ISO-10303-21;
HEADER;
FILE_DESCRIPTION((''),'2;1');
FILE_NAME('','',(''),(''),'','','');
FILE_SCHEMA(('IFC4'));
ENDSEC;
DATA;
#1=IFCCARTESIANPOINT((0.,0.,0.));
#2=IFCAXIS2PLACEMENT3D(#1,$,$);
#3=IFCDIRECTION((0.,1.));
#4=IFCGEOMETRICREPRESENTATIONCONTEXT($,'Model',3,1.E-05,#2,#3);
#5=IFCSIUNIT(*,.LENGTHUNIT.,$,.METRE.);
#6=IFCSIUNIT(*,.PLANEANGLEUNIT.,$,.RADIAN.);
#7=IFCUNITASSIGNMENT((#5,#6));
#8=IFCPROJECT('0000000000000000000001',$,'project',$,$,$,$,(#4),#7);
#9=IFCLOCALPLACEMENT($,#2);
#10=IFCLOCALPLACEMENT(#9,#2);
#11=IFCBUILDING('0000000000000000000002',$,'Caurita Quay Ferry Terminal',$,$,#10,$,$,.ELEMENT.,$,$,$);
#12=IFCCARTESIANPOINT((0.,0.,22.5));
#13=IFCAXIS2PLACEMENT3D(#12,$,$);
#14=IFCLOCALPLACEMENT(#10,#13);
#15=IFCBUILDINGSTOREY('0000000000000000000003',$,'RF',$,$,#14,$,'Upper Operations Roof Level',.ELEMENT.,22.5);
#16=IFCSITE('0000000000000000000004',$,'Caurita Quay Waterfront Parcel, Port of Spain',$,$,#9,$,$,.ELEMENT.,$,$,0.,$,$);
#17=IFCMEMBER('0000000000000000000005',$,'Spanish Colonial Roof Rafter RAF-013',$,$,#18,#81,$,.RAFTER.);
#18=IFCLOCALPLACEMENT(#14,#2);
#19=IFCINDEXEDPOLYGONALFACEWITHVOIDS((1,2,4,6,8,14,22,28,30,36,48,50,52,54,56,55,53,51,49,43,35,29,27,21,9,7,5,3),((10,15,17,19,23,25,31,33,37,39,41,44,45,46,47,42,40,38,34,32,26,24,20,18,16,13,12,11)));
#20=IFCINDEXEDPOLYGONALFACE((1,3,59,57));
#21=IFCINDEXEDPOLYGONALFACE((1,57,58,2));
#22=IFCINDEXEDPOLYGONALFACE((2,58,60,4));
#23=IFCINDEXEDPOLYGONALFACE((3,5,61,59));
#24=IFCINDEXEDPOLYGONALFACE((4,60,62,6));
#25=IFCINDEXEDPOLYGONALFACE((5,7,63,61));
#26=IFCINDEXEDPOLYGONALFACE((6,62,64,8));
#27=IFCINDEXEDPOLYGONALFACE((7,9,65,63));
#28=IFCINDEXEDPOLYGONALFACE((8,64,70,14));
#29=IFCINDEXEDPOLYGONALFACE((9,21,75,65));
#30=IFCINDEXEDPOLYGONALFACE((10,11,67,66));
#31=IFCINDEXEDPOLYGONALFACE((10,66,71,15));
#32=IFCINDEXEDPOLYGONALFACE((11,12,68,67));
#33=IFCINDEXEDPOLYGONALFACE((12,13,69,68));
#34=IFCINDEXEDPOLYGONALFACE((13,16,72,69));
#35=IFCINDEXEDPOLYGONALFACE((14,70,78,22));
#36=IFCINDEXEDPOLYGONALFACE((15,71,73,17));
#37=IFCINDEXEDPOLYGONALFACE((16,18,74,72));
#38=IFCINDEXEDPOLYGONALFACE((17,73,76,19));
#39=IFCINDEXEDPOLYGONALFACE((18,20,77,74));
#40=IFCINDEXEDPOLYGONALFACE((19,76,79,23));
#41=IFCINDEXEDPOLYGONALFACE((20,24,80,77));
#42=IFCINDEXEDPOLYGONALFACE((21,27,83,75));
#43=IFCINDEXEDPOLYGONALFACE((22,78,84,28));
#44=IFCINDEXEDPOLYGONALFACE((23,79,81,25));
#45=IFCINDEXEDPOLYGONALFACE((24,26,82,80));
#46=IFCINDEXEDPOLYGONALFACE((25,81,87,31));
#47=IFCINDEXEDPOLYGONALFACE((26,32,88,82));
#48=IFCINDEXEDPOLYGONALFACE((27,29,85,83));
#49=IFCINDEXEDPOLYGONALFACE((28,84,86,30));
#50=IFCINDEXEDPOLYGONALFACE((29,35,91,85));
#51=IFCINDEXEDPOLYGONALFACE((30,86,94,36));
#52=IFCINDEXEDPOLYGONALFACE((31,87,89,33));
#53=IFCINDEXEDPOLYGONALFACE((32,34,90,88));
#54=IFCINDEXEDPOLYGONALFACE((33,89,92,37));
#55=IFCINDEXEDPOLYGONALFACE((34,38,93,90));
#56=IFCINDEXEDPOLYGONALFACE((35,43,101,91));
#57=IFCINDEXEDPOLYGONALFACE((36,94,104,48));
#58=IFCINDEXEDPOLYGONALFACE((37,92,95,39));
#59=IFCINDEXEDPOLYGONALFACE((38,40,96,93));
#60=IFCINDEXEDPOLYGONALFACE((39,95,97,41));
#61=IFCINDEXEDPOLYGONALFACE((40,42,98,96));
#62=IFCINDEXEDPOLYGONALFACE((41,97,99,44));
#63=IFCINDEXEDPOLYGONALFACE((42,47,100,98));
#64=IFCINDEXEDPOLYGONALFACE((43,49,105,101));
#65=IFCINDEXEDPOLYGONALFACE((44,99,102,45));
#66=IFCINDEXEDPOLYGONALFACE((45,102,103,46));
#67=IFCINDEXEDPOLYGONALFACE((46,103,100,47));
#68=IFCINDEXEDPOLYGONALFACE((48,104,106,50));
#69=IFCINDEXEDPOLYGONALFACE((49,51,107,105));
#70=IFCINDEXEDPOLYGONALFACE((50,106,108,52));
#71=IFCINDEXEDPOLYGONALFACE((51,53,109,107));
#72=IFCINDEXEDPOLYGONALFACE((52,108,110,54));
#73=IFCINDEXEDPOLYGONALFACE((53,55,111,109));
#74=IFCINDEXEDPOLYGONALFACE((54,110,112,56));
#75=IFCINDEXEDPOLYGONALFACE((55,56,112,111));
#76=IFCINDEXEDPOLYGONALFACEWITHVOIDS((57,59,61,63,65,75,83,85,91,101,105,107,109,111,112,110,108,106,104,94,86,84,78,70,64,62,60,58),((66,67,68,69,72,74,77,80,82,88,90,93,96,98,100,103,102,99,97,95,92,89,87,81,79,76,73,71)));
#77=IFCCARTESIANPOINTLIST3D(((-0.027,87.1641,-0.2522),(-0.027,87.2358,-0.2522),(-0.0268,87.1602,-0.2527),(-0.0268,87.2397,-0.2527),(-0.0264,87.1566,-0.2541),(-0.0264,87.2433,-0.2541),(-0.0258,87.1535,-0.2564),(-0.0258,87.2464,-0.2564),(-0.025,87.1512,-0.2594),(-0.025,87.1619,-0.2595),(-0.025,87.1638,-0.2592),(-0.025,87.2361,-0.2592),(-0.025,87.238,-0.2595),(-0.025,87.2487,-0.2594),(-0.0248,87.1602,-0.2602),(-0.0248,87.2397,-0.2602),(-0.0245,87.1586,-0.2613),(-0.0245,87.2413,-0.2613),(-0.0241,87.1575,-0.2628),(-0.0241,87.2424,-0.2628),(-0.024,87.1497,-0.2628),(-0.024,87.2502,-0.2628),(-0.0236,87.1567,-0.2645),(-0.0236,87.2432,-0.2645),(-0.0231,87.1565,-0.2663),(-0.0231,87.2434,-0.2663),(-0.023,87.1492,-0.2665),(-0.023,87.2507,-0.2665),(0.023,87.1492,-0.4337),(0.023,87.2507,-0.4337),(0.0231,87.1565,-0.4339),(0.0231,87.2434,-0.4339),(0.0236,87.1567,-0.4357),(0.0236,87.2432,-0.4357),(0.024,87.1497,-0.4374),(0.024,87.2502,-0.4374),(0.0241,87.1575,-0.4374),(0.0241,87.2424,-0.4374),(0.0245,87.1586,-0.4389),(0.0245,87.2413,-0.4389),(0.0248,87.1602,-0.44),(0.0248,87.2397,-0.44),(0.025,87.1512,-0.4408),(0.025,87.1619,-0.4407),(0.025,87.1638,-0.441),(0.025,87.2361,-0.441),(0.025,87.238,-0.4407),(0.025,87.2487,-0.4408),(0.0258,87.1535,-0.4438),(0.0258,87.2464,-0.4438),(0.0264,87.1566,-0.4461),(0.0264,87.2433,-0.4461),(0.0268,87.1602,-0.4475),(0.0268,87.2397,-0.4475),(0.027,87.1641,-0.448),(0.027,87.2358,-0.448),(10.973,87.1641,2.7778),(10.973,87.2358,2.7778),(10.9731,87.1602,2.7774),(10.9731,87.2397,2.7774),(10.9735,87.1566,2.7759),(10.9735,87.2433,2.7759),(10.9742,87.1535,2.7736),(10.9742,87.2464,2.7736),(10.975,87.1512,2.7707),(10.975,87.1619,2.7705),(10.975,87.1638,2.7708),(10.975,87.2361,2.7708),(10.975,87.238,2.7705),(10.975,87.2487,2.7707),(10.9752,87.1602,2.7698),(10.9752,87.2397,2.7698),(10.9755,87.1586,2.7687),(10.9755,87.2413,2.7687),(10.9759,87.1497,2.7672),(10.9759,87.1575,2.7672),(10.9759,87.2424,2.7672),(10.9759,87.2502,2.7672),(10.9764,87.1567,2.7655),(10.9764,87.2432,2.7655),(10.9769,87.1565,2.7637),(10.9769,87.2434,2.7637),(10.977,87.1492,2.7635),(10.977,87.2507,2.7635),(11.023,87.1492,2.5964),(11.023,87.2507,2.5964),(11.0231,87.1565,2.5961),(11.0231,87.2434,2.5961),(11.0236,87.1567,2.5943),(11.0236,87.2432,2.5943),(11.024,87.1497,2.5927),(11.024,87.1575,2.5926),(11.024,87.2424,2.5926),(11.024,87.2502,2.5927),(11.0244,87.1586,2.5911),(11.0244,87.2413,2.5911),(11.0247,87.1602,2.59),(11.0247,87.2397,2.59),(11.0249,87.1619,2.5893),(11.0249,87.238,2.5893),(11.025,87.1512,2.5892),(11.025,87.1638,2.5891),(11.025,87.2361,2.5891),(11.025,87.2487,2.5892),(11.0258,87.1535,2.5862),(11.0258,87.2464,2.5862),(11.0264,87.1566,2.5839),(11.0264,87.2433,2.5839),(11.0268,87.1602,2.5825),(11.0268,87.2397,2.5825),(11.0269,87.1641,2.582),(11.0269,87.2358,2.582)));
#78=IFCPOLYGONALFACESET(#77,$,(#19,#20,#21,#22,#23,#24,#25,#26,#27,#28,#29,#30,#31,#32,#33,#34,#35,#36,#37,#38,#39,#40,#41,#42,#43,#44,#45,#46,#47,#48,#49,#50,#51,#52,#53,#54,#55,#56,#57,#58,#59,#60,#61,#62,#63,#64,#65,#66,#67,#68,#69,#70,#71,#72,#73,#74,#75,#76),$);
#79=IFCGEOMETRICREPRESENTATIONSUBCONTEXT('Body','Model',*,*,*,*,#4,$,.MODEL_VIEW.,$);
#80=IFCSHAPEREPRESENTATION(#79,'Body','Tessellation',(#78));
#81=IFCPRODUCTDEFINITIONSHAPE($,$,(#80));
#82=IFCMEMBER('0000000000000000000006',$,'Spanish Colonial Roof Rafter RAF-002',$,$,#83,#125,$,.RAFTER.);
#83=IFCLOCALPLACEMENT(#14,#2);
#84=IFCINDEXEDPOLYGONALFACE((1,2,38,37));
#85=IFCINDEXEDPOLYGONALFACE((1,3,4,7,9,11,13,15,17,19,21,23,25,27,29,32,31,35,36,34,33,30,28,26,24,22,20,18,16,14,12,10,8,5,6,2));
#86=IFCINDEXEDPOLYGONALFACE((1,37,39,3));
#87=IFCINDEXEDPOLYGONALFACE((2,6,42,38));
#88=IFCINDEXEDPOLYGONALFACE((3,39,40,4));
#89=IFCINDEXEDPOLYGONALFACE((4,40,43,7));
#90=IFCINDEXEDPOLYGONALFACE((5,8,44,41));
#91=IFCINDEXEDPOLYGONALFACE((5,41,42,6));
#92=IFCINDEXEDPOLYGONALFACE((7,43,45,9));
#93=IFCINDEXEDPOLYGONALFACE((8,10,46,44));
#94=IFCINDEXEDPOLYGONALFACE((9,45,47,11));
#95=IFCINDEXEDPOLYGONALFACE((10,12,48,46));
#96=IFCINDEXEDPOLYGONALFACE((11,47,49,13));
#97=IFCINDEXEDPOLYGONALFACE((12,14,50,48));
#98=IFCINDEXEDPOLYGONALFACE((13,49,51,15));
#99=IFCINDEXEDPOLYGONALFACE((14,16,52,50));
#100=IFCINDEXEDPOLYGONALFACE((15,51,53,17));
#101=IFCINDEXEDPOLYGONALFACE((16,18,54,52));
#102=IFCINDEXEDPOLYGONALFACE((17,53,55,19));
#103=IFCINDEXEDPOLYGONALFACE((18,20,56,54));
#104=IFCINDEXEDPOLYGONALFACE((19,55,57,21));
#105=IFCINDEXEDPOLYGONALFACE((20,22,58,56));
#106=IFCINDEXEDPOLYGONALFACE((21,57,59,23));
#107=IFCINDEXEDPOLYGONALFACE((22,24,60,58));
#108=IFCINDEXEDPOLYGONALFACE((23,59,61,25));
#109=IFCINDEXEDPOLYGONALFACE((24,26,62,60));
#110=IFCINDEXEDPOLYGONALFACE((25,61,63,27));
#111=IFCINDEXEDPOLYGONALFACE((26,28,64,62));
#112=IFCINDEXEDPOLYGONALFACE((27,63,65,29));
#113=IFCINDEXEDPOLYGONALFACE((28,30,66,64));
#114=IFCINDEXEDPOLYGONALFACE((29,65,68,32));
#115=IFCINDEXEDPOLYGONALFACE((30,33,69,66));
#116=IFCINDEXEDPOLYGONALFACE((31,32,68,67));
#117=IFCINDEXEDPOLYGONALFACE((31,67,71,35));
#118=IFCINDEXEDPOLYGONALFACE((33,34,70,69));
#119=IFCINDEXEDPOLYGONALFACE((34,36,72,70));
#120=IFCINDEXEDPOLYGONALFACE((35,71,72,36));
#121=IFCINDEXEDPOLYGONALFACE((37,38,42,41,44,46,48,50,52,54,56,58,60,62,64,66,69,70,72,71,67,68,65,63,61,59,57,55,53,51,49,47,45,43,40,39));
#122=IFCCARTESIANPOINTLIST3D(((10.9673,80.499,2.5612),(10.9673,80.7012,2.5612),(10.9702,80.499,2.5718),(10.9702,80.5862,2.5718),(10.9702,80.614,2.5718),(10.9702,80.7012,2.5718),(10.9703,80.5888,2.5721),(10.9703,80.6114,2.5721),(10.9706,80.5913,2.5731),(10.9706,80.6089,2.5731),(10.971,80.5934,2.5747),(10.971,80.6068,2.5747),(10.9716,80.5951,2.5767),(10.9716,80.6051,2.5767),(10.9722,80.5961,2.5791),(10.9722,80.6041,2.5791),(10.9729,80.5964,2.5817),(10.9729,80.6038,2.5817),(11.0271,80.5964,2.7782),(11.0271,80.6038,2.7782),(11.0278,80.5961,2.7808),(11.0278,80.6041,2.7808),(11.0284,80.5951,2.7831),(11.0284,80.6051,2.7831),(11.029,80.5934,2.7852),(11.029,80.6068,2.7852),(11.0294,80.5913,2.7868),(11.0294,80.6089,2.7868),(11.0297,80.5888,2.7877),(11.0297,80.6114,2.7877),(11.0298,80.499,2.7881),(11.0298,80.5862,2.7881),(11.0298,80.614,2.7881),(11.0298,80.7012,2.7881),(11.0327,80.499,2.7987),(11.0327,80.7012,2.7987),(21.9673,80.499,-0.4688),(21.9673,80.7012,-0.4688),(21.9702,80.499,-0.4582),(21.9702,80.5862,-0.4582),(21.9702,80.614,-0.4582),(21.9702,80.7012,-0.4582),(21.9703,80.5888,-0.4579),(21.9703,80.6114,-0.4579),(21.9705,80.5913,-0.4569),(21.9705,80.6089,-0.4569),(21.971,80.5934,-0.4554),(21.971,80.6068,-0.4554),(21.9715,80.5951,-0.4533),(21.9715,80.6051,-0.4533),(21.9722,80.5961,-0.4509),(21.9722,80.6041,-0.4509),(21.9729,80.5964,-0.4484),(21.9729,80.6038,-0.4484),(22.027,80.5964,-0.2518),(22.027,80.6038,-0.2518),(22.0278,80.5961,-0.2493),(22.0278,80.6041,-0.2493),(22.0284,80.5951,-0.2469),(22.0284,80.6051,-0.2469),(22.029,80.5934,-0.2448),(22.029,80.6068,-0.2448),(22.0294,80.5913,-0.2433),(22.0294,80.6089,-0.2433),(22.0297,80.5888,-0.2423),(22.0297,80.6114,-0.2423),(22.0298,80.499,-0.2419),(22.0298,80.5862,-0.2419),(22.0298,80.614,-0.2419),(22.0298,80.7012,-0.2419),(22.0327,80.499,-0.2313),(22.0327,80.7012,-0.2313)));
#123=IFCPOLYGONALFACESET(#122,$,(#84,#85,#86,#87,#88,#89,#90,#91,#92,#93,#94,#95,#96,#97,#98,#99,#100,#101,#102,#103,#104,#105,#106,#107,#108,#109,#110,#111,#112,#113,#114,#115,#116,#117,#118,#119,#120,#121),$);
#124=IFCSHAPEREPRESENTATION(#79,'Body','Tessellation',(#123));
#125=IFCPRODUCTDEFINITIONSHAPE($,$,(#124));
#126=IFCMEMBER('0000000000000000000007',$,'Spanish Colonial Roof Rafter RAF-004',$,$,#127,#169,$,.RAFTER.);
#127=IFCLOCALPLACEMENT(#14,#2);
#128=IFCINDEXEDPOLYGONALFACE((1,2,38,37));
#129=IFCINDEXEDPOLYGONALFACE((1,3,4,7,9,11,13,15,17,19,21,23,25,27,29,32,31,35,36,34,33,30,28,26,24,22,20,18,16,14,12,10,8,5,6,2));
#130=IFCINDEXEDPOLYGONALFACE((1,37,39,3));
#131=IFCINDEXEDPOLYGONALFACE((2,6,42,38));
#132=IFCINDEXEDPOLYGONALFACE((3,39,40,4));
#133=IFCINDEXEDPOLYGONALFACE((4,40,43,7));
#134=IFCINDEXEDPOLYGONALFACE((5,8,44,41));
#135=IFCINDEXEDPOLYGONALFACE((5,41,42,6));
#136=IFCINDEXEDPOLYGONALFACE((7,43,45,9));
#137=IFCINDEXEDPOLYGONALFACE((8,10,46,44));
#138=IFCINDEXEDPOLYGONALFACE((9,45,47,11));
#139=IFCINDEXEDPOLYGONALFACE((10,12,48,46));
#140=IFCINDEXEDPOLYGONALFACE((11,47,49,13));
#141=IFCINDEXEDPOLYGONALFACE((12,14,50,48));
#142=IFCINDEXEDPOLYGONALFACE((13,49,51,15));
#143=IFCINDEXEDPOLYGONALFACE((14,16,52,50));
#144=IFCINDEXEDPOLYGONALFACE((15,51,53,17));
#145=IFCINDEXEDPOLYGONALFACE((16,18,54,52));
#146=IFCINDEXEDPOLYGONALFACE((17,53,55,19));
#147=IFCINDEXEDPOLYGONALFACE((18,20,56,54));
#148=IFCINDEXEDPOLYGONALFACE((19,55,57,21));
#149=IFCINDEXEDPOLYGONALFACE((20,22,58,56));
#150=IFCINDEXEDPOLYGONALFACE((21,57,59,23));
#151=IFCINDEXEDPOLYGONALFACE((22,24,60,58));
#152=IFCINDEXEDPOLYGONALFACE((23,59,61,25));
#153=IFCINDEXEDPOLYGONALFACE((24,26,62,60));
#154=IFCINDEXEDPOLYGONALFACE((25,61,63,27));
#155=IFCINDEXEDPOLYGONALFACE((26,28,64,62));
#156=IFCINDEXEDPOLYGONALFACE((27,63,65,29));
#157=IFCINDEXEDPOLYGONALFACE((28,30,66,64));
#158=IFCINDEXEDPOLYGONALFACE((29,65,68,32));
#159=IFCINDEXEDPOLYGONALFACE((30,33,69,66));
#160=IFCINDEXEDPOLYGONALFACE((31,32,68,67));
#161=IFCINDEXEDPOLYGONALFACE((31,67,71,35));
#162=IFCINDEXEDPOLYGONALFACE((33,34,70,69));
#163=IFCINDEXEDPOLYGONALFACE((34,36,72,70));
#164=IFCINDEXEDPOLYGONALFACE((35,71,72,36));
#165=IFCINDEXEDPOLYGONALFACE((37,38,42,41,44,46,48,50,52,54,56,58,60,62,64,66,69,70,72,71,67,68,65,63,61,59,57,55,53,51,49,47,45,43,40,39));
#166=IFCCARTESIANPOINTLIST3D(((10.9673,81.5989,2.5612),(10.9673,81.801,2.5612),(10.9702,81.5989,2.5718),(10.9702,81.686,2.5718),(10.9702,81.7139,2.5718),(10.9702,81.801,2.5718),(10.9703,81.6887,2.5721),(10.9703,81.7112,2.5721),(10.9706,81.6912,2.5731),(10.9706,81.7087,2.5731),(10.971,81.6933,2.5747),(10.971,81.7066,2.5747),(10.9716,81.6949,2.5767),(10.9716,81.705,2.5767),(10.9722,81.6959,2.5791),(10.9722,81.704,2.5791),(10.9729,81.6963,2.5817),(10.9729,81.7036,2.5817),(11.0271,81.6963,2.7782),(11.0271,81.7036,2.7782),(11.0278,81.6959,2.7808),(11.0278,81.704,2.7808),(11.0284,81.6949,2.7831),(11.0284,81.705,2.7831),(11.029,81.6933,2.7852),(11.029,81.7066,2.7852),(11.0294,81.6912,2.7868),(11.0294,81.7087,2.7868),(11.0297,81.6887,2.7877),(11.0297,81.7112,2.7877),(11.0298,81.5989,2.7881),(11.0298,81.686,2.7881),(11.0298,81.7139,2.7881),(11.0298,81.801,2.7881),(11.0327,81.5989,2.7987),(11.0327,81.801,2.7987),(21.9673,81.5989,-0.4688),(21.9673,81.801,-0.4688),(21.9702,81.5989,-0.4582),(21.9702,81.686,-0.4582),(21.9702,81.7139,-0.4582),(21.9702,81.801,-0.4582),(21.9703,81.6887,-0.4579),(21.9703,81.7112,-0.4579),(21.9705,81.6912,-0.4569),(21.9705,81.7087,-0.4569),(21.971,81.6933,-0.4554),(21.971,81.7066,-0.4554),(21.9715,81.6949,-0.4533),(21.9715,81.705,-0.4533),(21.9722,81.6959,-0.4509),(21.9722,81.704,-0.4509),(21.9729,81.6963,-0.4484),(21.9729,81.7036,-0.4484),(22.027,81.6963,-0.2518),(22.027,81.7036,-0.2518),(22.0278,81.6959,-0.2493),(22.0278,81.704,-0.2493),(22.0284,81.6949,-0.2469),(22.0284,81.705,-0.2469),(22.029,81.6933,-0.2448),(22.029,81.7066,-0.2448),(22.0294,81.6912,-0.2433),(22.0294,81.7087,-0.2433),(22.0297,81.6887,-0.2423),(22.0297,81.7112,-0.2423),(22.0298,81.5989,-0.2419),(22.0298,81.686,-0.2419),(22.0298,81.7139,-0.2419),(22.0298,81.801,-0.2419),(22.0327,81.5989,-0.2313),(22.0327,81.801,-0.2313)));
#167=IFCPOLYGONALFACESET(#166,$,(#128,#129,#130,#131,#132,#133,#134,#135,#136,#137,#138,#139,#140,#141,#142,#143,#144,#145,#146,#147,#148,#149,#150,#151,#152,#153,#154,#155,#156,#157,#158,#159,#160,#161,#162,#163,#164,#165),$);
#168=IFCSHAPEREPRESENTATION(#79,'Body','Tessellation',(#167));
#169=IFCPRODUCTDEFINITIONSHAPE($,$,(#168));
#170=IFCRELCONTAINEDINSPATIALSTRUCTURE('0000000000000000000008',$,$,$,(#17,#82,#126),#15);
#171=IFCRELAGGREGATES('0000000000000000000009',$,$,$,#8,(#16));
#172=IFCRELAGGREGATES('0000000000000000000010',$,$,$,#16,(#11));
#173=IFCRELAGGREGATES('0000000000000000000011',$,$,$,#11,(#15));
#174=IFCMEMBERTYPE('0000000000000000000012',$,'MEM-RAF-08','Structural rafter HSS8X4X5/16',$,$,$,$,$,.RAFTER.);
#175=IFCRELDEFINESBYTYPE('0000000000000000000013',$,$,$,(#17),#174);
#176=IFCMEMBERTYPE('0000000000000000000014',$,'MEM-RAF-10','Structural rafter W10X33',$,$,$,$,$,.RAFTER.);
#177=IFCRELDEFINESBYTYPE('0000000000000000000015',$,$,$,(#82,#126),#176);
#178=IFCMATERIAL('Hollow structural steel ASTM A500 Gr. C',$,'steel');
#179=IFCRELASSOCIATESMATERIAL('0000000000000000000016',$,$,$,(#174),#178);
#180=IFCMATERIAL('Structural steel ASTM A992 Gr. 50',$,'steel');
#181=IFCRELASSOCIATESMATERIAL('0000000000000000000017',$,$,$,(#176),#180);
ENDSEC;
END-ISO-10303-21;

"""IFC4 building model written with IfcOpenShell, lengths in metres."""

from ifc_helpers import new_model, si_unit, direction, frame, origin, origin_2d, place, context, subcontext, project, spatial, hollow_rectangle, i_section, extrude, material, material_profile, profile_set, type_object, element, save


model = new_model("IFC4")

# Units and contexts
model_context = context("Model", 3, precision=1e-05, world=origin(), true_north=direction((0.0, 1.0)))
body_context = subcontext(model_context, "Body", "Model", "MODEL_VIEW")
ifc_project = project(units=[si_unit("LENGTHUNIT", "METRE"), si_unit("PLANEANGLEUNIT", "RADIAN")], contexts=[model_context])

# Site, building, storey
site_placement = place(None, origin())
site = spatial("IfcSite", under=ifc_project, at=site_placement, Name="Caurita Quay Waterfront Parcel, Port of Spain", CompositionType="ELEMENT", RefElevation=0.0)
building_placement = place(site_placement, origin())
building = spatial("IfcBuilding", under=site, at=building_placement, Name="Caurita Quay Ferry Terminal", CompositionType="ELEMENT")
storey_placement = place(building_placement, frame((0.0, 0.0, 22.5)))
storey = spatial("IfcBuildingStorey", under=building, at=storey_placement, Name="RF", LongName="Upper Operations Roof Level", CompositionType="ELEMENT", Elevation=22.5)

# Shared definitions
ifc_material_1 = material(Name="Structural steel ASTM A992 Gr. 50", Category="steel")

# Members
ifc_material_2 = material(Name="Hollow structural steel ASTM A500 Gr. C", Category="steel")
ifc_material_profile_1 = material_profile(ifc_material_2, hollow_rectangle(XDim=0.1016, YDim=0.2031, WallThickness=0.0073, InnerFilletRadius=0.0073, OuterFilletRadius=0.0149, at=origin_2d()), Name="HSS8X4X5/16")
ifc_profile_set_1 = profile_set([ifc_material_profile_1], Name="Hollow structural steel ASTM A500 Gr. C")
member_type_1 = type_object("IfcMemberType", Name="MEM-RAF-08", Description="Structural rafter HSS8X4X5/16", PredefinedType="RAFTER", material=ifc_profile_set_1)
for number, where, z_axis, x_axis, name in (
    (1, (0.0, 87.2, -0.3501), (0.964093, 0.0, 0.265566), (0.0, 1.0, 0.0), "Spanish Colonial Roof Rafter RAF-013"),
):
    element("IfcMember", number, at=place(storey_placement, frame(where, z_axis=z_axis, x_axis=x_axis)), inside=storey, type_object=member_type_1, Name=name, PredefinedType="RAFTER", context=body_context, shape_type="SweptSolid", body=[
        extrude(hollow_rectangle(XDim=0.1016, YDim=0.2031, WallThickness=0.0073, InnerFilletRadius=0.0073, OuterFilletRadius=0.0149, at=origin_2d()), origin(), (0.0, 0.0, 1.0), 11.4097),
    ])
ifc_material_profile_2 = material_profile(ifc_material_1, i_section(OverallWidth=0.2021, OverallDepth=0.2463, WebThickness=0.0073, FlangeThickness=0.011, FilletRadius=0.0103, at=origin_2d()), Name="W10X33")
ifc_profile_set_2 = profile_set([ifc_material_profile_2], Name="Structural steel ASTM A992 Gr. 50")
member_type_2 = type_object("IfcMemberType", Name="MEM-RAF-10", Description="Structural rafter W10X33", PredefinedType="RAFTER", material=ifc_profile_set_2)
for number, where, z_axis, x_axis, name in (
    (2, (11.0, 80.6001, 2.6799), (0.964093, 0.0, -0.265566), (0.0, 1.0, 0.0), "Spanish Colonial Roof Rafter RAF-002"),
    (3, (11.0, 81.7, 2.6799), (0.964093, 0.0, -0.265566), (0.0, 1.0, 0.0), "Spanish Colonial Roof Rafter RAF-004"),
):
    element("IfcMember", number, at=place(storey_placement, frame(where, z_axis=z_axis, x_axis=x_axis)), inside=storey, type_object=member_type_2, Name=name, PredefinedType="RAFTER", context=body_context, shape_type="SweptSolid", body=[
        extrude(i_section(OverallWidth=0.2021, OverallDepth=0.2463, WebThickness=0.0073, FlangeThickness=0.011, FilletRadius=0.0103, at=origin_2d()), origin(), (0.0, 0.0, 1.0), 11.4097),
    ])

save(model, "model.ifc")
